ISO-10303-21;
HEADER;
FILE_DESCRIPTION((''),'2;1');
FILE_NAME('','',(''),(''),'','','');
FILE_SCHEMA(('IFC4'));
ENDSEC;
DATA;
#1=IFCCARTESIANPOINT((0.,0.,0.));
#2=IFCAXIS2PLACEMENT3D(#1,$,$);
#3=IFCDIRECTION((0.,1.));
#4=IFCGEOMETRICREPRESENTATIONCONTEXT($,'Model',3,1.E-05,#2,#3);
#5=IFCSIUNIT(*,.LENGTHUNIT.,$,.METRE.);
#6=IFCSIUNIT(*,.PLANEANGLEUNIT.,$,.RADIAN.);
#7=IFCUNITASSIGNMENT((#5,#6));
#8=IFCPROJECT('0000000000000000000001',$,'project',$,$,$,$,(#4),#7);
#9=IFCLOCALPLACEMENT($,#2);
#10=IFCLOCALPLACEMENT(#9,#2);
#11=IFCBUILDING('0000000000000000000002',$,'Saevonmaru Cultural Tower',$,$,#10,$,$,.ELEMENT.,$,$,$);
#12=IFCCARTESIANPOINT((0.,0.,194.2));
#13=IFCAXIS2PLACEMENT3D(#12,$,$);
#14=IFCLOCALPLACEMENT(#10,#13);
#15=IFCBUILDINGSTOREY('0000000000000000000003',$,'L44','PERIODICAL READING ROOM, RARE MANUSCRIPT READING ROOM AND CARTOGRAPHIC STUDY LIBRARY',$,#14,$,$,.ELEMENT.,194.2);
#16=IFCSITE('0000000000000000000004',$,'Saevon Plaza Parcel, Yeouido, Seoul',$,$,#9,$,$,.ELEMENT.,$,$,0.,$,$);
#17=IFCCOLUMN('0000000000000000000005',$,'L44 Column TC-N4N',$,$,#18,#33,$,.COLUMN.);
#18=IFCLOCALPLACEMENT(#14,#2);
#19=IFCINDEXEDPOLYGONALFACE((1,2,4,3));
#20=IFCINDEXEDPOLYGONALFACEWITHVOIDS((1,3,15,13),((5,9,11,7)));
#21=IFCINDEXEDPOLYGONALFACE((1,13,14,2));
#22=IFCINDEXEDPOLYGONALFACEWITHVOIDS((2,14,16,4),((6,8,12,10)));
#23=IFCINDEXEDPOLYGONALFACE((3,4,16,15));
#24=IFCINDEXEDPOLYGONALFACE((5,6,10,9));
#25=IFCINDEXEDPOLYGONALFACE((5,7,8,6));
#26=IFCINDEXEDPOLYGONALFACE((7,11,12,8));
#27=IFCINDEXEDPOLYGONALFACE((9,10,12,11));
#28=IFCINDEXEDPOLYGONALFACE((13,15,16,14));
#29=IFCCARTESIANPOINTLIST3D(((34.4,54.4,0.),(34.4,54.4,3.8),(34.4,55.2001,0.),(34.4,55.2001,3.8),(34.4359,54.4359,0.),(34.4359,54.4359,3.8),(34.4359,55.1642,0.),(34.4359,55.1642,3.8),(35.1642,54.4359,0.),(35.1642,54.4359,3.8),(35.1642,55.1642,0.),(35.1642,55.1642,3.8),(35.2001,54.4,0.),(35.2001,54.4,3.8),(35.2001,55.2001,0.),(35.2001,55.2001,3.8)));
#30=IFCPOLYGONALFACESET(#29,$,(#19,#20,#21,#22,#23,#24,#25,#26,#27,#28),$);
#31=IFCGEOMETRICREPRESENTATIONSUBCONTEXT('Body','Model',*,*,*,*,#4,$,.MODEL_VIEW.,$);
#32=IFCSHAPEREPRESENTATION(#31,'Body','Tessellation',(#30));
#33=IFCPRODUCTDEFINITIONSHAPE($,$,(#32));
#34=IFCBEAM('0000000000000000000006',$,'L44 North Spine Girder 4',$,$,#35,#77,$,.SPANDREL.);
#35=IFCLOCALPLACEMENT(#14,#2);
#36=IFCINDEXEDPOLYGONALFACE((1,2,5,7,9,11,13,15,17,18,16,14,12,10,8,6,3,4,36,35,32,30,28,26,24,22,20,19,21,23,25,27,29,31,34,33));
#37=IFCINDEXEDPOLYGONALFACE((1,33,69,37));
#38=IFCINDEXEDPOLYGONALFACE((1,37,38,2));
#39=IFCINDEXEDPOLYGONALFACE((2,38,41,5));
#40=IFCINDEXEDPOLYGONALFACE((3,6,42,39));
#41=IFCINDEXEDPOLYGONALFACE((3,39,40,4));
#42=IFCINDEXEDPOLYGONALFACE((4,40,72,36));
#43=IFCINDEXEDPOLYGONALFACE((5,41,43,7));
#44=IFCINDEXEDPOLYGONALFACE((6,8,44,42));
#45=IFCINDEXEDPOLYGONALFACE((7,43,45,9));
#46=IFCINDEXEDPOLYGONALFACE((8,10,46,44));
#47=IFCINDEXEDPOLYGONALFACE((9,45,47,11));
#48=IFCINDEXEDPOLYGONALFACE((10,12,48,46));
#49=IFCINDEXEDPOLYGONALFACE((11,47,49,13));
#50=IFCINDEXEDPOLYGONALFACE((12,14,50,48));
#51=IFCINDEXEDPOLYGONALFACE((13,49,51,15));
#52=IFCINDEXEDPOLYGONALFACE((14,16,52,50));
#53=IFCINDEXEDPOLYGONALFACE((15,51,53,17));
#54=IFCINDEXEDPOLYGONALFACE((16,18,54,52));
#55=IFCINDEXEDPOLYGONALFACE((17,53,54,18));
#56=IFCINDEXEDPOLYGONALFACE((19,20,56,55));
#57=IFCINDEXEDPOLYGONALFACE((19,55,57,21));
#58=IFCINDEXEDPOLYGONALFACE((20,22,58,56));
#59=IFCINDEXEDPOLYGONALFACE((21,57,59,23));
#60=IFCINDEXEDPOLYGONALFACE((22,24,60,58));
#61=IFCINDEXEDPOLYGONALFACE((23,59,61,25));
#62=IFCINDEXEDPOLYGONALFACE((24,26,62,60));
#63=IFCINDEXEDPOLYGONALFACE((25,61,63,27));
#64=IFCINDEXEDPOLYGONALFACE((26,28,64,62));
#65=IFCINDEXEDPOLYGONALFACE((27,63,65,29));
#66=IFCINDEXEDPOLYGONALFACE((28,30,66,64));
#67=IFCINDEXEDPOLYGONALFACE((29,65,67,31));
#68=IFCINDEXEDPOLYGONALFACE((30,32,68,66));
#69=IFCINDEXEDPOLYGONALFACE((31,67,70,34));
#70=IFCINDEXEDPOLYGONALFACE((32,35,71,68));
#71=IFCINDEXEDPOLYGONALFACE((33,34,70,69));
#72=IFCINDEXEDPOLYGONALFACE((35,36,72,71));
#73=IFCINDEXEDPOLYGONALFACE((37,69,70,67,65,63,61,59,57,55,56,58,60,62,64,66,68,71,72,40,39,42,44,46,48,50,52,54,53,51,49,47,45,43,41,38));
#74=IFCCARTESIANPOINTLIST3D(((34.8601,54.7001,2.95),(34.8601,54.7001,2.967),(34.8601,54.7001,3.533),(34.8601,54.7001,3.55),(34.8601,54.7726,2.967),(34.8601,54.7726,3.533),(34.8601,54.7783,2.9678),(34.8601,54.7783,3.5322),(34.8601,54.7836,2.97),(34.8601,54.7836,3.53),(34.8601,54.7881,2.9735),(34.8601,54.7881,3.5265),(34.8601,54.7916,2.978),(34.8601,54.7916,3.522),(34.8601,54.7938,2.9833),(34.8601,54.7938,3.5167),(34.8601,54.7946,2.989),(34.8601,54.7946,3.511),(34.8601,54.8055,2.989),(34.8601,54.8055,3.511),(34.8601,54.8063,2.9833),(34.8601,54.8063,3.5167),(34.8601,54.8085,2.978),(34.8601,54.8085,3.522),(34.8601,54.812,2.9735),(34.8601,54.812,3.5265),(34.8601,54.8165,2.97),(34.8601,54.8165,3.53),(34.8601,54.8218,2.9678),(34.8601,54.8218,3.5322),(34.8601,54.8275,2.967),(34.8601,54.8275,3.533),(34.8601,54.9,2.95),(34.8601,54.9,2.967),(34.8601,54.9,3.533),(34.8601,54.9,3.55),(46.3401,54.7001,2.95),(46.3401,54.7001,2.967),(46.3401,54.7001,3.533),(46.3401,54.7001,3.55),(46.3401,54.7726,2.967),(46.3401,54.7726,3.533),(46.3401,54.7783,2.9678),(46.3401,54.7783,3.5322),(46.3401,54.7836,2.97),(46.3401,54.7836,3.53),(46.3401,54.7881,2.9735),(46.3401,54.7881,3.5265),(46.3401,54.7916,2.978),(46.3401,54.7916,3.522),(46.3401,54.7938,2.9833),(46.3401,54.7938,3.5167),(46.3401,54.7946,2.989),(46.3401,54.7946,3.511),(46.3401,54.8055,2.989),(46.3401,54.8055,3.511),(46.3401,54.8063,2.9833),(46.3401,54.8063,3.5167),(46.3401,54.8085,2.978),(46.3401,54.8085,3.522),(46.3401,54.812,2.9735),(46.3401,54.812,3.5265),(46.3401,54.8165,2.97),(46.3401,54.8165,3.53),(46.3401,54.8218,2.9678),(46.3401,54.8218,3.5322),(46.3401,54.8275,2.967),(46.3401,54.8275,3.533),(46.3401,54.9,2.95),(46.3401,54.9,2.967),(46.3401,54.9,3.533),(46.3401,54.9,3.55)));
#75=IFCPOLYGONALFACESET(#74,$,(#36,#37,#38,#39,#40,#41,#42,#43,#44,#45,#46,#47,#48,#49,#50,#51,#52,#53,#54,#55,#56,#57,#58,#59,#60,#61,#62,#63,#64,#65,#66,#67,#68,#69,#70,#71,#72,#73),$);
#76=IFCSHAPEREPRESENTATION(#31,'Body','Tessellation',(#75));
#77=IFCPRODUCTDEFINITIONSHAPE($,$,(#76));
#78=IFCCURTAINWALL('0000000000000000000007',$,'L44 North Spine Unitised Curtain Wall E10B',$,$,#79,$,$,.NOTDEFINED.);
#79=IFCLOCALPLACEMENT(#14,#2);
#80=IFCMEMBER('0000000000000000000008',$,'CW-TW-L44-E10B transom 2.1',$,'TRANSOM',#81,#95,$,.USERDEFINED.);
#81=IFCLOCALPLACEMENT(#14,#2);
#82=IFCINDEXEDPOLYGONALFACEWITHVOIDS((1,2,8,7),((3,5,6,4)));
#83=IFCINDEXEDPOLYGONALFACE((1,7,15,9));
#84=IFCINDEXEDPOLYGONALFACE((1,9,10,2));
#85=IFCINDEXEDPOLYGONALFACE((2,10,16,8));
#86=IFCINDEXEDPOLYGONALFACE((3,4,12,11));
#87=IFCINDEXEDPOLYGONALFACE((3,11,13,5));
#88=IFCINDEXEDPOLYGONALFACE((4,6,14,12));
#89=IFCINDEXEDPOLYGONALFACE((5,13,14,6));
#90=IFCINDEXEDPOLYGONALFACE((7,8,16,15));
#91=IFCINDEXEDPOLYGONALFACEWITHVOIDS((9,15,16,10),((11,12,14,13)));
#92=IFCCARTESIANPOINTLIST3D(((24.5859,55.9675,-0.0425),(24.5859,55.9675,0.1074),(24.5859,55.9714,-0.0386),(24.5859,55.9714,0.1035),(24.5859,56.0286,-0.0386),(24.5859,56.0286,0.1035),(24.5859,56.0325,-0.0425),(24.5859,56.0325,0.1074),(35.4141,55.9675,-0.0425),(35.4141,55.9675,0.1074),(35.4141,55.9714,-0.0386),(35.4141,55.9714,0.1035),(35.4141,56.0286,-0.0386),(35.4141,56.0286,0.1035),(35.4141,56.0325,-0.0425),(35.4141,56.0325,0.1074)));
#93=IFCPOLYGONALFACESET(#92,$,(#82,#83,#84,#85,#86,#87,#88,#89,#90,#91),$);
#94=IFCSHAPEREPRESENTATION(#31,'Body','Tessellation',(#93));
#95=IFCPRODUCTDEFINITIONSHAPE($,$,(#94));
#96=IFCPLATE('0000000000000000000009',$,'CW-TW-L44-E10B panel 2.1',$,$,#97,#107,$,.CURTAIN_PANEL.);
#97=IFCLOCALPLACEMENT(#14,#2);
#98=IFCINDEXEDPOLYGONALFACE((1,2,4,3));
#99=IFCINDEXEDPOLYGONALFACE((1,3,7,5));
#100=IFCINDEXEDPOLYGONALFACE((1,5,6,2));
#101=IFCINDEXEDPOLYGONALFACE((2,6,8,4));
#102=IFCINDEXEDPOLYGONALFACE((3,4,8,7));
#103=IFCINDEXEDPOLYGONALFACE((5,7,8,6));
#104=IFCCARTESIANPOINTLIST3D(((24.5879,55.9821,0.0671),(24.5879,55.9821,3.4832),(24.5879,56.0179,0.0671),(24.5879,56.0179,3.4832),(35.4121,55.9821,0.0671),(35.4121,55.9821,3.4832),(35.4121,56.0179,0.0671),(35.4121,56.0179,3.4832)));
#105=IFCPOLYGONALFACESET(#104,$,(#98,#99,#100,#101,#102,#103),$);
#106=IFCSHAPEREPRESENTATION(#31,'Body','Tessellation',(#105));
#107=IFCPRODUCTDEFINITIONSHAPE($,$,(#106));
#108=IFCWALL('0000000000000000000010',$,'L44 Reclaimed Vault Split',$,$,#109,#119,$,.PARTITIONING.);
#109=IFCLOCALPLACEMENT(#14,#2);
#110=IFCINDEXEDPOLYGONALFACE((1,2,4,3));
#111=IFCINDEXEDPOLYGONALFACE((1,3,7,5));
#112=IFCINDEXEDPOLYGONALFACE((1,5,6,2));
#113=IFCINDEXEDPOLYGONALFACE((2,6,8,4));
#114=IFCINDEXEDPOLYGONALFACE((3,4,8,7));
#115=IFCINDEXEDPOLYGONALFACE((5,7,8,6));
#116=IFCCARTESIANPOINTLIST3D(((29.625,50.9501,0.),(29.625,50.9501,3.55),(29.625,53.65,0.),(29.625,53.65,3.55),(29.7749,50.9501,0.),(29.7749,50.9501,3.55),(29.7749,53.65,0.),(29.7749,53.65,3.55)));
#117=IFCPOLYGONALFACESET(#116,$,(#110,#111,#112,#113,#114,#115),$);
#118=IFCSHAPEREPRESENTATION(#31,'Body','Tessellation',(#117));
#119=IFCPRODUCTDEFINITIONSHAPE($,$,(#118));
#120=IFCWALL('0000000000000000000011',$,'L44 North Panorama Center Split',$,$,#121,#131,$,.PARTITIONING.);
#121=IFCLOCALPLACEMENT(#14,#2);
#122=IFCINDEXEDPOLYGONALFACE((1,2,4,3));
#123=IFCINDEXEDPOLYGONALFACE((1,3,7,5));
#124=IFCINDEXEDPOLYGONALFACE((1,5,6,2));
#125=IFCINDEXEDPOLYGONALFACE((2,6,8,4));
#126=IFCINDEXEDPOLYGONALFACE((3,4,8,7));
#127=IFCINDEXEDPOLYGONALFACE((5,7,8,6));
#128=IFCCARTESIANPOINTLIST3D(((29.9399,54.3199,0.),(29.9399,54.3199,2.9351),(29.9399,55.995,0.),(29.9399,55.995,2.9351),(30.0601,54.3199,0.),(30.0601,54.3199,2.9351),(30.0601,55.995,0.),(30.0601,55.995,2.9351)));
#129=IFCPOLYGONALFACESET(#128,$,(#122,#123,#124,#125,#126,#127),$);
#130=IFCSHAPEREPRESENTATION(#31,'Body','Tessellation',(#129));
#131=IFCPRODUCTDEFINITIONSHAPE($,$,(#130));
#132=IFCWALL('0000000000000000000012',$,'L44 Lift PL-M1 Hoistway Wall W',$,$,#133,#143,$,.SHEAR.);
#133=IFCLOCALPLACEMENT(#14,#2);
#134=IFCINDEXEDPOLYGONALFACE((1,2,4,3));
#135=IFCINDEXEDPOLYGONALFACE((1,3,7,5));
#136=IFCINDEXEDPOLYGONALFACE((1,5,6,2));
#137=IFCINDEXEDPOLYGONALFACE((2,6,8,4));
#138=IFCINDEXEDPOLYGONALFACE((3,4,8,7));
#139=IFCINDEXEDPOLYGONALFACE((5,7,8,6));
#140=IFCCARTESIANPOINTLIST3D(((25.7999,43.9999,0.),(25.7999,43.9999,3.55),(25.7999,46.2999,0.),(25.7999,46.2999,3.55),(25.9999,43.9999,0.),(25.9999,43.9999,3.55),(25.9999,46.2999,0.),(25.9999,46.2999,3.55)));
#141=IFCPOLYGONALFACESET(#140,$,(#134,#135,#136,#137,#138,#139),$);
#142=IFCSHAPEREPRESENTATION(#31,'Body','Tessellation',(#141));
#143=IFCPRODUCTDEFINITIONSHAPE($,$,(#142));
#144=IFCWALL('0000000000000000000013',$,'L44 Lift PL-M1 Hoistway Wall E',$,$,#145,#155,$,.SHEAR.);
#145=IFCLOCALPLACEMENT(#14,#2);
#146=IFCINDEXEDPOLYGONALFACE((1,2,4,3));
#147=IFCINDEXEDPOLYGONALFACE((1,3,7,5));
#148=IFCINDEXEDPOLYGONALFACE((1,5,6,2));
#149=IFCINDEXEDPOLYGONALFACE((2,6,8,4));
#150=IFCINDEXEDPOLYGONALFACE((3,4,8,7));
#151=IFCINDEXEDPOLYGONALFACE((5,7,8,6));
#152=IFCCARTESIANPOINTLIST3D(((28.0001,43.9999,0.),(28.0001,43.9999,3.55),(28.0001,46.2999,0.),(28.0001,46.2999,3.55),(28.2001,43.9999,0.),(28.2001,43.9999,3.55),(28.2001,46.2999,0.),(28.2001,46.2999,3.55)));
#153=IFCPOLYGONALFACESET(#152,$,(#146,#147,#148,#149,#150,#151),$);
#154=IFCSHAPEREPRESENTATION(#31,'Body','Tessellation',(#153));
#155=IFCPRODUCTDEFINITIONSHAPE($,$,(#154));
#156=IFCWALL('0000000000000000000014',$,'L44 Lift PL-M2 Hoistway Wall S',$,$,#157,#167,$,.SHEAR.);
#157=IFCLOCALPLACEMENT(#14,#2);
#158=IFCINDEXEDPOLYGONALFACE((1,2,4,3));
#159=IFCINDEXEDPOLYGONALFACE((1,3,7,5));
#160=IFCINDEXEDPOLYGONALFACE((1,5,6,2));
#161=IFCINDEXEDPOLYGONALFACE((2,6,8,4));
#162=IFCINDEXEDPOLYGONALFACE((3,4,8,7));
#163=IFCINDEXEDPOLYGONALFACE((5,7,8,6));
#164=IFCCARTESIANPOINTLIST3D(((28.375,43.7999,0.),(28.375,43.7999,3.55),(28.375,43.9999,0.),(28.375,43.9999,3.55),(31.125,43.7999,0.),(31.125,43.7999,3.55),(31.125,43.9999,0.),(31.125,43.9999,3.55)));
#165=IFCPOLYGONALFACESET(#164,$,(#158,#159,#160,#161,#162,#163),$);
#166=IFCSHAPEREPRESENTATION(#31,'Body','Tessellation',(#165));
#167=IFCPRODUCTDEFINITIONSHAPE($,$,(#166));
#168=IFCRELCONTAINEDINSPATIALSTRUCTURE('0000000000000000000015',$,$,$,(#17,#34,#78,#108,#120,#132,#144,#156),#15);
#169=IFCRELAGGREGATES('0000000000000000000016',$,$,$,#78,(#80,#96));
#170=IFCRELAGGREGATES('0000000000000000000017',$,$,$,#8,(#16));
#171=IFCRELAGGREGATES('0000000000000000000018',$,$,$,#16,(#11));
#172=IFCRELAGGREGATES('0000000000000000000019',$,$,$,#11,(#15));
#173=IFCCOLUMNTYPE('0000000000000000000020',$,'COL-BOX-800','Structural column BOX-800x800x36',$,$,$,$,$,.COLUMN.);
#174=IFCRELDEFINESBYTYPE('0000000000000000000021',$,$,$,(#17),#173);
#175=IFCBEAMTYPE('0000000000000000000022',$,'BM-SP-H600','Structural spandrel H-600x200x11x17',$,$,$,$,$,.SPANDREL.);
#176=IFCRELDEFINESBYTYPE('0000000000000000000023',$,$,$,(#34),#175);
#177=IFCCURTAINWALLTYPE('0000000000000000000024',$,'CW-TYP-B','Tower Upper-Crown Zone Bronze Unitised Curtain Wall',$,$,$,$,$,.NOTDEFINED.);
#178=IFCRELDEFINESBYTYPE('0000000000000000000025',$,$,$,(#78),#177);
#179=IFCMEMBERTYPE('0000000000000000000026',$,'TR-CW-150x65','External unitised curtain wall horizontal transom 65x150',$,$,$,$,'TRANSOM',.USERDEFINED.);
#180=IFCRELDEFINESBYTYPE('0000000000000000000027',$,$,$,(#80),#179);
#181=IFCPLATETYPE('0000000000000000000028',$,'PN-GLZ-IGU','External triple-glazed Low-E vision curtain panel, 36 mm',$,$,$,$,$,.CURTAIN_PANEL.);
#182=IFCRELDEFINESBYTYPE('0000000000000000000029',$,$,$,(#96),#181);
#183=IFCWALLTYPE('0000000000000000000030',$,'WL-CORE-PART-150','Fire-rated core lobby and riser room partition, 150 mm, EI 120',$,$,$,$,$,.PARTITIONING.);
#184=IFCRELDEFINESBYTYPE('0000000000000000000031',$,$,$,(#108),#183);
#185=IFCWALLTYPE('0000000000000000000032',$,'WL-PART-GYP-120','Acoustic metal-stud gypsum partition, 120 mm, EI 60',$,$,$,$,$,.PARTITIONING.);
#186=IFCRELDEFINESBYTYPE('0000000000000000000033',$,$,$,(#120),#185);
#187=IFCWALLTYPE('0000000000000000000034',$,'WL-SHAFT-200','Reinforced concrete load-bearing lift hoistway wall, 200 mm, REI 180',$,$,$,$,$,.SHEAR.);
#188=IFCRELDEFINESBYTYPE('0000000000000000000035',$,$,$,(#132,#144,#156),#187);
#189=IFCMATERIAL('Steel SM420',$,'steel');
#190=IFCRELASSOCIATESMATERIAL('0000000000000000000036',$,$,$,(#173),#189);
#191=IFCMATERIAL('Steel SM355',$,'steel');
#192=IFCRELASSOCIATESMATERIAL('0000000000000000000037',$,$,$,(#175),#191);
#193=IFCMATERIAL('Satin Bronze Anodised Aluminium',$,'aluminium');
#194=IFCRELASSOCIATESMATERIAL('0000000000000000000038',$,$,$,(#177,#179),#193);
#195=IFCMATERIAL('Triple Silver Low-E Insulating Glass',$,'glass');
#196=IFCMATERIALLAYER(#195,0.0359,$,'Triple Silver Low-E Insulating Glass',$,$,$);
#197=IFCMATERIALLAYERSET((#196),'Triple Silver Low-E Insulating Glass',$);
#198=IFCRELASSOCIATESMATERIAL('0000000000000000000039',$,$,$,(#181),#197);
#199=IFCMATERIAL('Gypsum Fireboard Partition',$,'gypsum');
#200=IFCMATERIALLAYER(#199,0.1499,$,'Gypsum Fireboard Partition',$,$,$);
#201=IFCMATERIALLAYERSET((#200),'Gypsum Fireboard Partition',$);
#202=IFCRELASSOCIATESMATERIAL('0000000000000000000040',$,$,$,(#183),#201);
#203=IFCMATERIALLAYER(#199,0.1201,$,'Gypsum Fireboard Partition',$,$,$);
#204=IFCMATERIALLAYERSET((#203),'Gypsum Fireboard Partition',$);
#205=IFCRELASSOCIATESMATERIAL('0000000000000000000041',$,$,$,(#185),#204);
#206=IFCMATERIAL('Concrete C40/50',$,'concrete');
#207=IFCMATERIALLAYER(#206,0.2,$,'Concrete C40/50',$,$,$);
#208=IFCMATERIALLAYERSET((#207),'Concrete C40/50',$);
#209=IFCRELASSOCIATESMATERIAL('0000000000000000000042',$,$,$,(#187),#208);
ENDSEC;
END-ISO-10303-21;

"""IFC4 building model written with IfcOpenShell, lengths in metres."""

from ifc_helpers import new_model, si_unit, direction, frame, frame_2d, origin, origin_2d, place, context, subcontext, project, spatial, rectangle, hollow_rectangle, i_section, extrude, material, layer, layer_set, material_profile, profile_set, type_object, element, aggregate, save


model = new_model("IFC4")

# Units and contexts
model_context = context("Model", 3, precision=1e-05, world=origin(), true_north=direction((0.0, 1.0)))
body_context = subcontext(model_context, "Body", "Model", "MODEL_VIEW")
ifc_project = project(units=[si_unit("LENGTHUNIT", "METRE"), si_unit("PLANEANGLEUNIT", "RADIAN")], contexts=[model_context])

# Site, building, storey
site_placement = place(None, origin())
site = spatial("IfcSite", under=ifc_project, at=site_placement, Name="Saevon Plaza Parcel, Yeouido, Seoul", CompositionType="ELEMENT", RefElevation=0.0)
building_placement = place(site_placement, origin())
building = spatial("IfcBuilding", under=site, at=building_placement, Name="Saevonmaru Cultural Tower", CompositionType="ELEMENT")
storey_placement = place(building_placement, frame((0.0, 0.0, 194.2)))
storey = spatial("IfcBuildingStorey", under=building, at=storey_placement, Name="L44", Description="PERIODICAL READING ROOM, RARE MANUSCRIPT READING ROOM AND CARTOGRAPHIC STUDY LIBRARY", CompositionType="ELEMENT", Elevation=194.2)

# Column
ifc_material_1 = material(Name="Steel SM420", Category="steel")
ifc_material_profile_1 = material_profile(ifc_material_1, hollow_rectangle(XDim=0.8, YDim=0.8, WallThickness=0.0359, at=origin_2d()), Name="BOX-800x800x36")
ifc_profile_set_1 = profile_set([ifc_material_profile_1], Name="Steel SM420")
column_type = type_object("IfcColumnType", Name="COL-BOX-800", Description="Structural column BOX-800x800x36", PredefinedType="COLUMN", material=ifc_profile_set_1)
column_placement = place(storey_placement, frame((34.8, 54.8, 0.0), z_axis=(0.0, 0.0, 1.0), x_axis=(1.0, 0.0, 0.0)))
element("IfcColumn", 1, at=column_placement, inside=storey, type_object=column_type, Name="L44 Column TC-N4N", PredefinedType="COLUMN", context=body_context, shape_type="SweptSolid", body=[
    extrude(hollow_rectangle(XDim=0.8, YDim=0.8, WallThickness=0.0359, at=origin_2d()), origin(), (0.0, 0.0, 1.0), 3.8),
])

# Beam
ifc_material_2 = material(Name="Steel SM355", Category="steel")
ifc_material_profile_2 = material_profile(ifc_material_2, i_section(OverallWidth=0.2, OverallDepth=0.6001, WebThickness=0.011, FlangeThickness=0.0171, FilletRadius=0.022, at=origin_2d()), Name="H-600x200x11x17")
ifc_profile_set_2 = profile_set([ifc_material_profile_2], Name="Steel SM355")
beam_type = type_object("IfcBeamType", Name="BM-SP-H600", Description="Structural spandrel H-600x200x11x17", PredefinedType="SPANDREL", material=ifc_profile_set_2)
beam_placement = place(storey_placement, frame((34.8601, 54.8, 3.25), z_axis=(1.0, 0.0, 0.0), x_axis=(0.0, 1.0, 0.0)))
element("IfcBeam", 2, at=beam_placement, inside=storey, type_object=beam_type, Name="L44 North Spine Girder 4", PredefinedType="SPANDREL", context=body_context, shape_type="SweptSolid", body=[
    extrude(i_section(OverallWidth=0.2, OverallDepth=0.6001, WebThickness=0.011, FlangeThickness=0.0171, FilletRadius=0.022, at=origin_2d()), origin(), (0.0, 0.0, 1.0), 11.48),
])

# Curtain wall, member, plate
ifc_material_3 = material(Name="Satin Bronze Anodised Aluminium", Category="aluminium")
curtain_wall_type = type_object("IfcCurtainWallType", Name="CW-TYP-B", Description="Tower Upper-Crown Zone Bronze Unitised Curtain Wall", PredefinedType="NOTDEFINED", material=ifc_material_3)
curtain_wall_placement = place(storey_placement, origin())
curtain_wall = element("IfcCurtainWall", 3, at=curtain_wall_placement, inside=storey, type_object=curtain_wall_type, Name="L44 North Spine Unitised Curtain Wall E10B", PredefinedType="NOTDEFINED")
ifc_material_profile_3 = material_profile(ifc_material_3, hollow_rectangle(XDim=0.0649, YDim=0.1499, WallThickness=0.0039, at=origin_2d()), Name="ALU-TRAN-150x65x4")
ifc_profile_set_3 = profile_set([ifc_material_profile_3], Name="Satin Bronze Anodised Aluminium")
member_type = type_object("IfcMemberType", Name="TR-CW-150x65", Description="External unitised curtain wall horizontal transom 65x150", ElementType="TRANSOM", PredefinedType="USERDEFINED", material=ifc_profile_set_3)
member_placement = place(storey_placement, frame((35.4141, 56.0, 0.0325), z_axis=(-1.0, 0.0, 0.0), x_axis=(0.0, -1.0, 0.0)))
member = element("IfcMember", 4, at=member_placement, type_object=member_type, Name="CW-TW-L44-E10B transom 2.1", ObjectType="TRANSOM", PredefinedType="USERDEFINED", context=body_context, shape_type="SweptSolid", body=[
    extrude(hollow_rectangle(XDim=0.0649, YDim=0.1499, WallThickness=0.0039, at=origin_2d()), origin(), (0.0, 0.0, 1.0), 10.8281),
])
ifc_material_4 = material(Name="Triple Silver Low-E Insulating Glass", Category="glass")
ifc_layer_1 = layer(ifc_material_4, 0.0359, Name="Triple Silver Low-E Insulating Glass")
ifc_layer_set_1 = layer_set([ifc_layer_1], Name="Triple Silver Low-E Insulating Glass")
plate_type = type_object("IfcPlateType", Name="PN-GLZ-IGU", Description="External triple-glazed Low-E vision curtain panel, 36 mm", PredefinedType="CURTAIN_PANEL", material=ifc_layer_set_1)
plate_placement = place(storey_placement, frame((30.0, 56.0, 0.0671), z_axis=(0.0, 0.0, 1.0), x_axis=(-1.0, 0.0, 0.0)))
plate = element("IfcPlate", 5, at=plate_placement, type_object=plate_type, Name="CW-TW-L44-E10B panel 2.1", PredefinedType="CURTAIN_PANEL", context=body_context, shape_type="SweptSolid", body=[
    extrude(rectangle(XDim=10.8242, YDim=0.0359, at=origin_2d()), origin(), (0.0, 0.0, 1.0), 3.416),
])
aggregate(curtain_wall, [member, plate])

# Shared definitions
ifc_material_5 = material(Name="Gypsum Fireboard Partition", Category="gypsum")
ifc_layer_2 = layer(ifc_material_5, 0.1499, Name="Gypsum Fireboard Partition")
ifc_layer_set_2 = layer_set([ifc_layer_2], Name="Gypsum Fireboard Partition")
wall_type_1 = type_object("IfcWallType", Name="WL-CORE-PART-150", Description="Fire-rated core lobby and riser room partition, 150 mm, EI 120", PredefinedType="PARTITIONING", material=ifc_layer_set_2)

# Walls
wall_1_placement = place(storey_placement, frame((29.7, 50.95, 0.0), z_axis=(0.0, 0.0, 1.0), x_axis=(0.0, 1.0, 0.0)))
element("IfcWall", 6, at=wall_1_placement, inside=storey, type_object=wall_type_1, Name="L44 Reclaimed Vault Split", PredefinedType="PARTITIONING", context=body_context, shape_type="SweptSolid", body=[
    extrude(rectangle(XDim=2.7, YDim=0.1499, at=frame_2d((1.3501, 0.0))), origin(), (0.0, 0.0, 1.0), 3.55),
])
ifc_layer_3 = layer(ifc_material_5, 0.1201, Name="Gypsum Fireboard Partition")
ifc_layer_set_3 = layer_set([ifc_layer_3], Name="Gypsum Fireboard Partition")
wall_type_2 = type_object("IfcWallType", Name="WL-PART-GYP-120", Description="Acoustic metal-stud gypsum partition, 120 mm, EI 60", PredefinedType="PARTITIONING", material=ifc_layer_set_3)
wall_2_placement = place(storey_placement, frame((30.0, 54.3201, 0.0), z_axis=(0.0, 0.0, 1.0), x_axis=(0.0, 1.0, 0.0)))
element("IfcWall", 7, at=wall_2_placement, inside=storey, type_object=wall_type_2, Name="L44 North Panorama Center Split", PredefinedType="PARTITIONING", context=body_context, shape_type="SweptSolid", body=[
    extrude(rectangle(XDim=1.675, YDim=0.1201, at=frame_2d((0.8374, 0.0))), origin(), (0.0, 0.0, 1.0), 2.9351),
])
ifc_material_6 = material(Name="Concrete C40/50", Category="concrete")
ifc_layer_4 = layer(ifc_material_6, 0.2, Name="Concrete C40/50")
ifc_layer_set_4 = layer_set([ifc_layer_4], Name="Concrete C40/50")
wall_type_3 = type_object("IfcWallType", Name="WL-SHAFT-200", Description="Reinforced concrete load-bearing lift hoistway wall, 200 mm, REI 180", PredefinedType="SHEAR", material=ifc_layer_set_4)
for number, where, z_axis, x_axis, name in (
    (8, (25.8999, 44.0, 0.0), (0.0, 0.0, 1.0), (0.0, 1.0, 0.0), "L44 Lift PL-M1 Hoistway Wall W"),
    (9, (28.1001, 44.0, 0.0), (0.0, 0.0, 1.0), (0.0, 1.0, 0.0), "L44 Lift PL-M1 Hoistway Wall E"),
):
    element("IfcWall", number, at=place(storey_placement, frame(where, z_axis=z_axis, x_axis=x_axis)), inside=storey, type_object=wall_type_3, Name=name, PredefinedType="SHEAR", context=body_context, shape_type="SweptSolid", body=[
        extrude(rectangle(XDim=2.3, YDim=0.2, at=frame_2d((1.1499, 0.0))), origin(), (0.0, 0.0, 1.0), 3.55),
    ])
wall_3_placement = place(storey_placement, frame((28.375, 43.8999, 0.0), z_axis=(0.0, 0.0, 1.0), x_axis=(1.0, 0.0, 0.0)))
element("IfcWall", 10, at=wall_3_placement, inside=storey, type_object=wall_type_3, Name="L44 Lift PL-M2 Hoistway Wall S", PredefinedType="SHEAR", context=body_context, shape_type="SweptSolid", body=[
    extrude(rectangle(XDim=2.75, YDim=0.2, at=frame_2d((1.375, 0.0))), origin(), (0.0, 0.0, 1.0), 3.55),
])

save(model, "model.ifc")
